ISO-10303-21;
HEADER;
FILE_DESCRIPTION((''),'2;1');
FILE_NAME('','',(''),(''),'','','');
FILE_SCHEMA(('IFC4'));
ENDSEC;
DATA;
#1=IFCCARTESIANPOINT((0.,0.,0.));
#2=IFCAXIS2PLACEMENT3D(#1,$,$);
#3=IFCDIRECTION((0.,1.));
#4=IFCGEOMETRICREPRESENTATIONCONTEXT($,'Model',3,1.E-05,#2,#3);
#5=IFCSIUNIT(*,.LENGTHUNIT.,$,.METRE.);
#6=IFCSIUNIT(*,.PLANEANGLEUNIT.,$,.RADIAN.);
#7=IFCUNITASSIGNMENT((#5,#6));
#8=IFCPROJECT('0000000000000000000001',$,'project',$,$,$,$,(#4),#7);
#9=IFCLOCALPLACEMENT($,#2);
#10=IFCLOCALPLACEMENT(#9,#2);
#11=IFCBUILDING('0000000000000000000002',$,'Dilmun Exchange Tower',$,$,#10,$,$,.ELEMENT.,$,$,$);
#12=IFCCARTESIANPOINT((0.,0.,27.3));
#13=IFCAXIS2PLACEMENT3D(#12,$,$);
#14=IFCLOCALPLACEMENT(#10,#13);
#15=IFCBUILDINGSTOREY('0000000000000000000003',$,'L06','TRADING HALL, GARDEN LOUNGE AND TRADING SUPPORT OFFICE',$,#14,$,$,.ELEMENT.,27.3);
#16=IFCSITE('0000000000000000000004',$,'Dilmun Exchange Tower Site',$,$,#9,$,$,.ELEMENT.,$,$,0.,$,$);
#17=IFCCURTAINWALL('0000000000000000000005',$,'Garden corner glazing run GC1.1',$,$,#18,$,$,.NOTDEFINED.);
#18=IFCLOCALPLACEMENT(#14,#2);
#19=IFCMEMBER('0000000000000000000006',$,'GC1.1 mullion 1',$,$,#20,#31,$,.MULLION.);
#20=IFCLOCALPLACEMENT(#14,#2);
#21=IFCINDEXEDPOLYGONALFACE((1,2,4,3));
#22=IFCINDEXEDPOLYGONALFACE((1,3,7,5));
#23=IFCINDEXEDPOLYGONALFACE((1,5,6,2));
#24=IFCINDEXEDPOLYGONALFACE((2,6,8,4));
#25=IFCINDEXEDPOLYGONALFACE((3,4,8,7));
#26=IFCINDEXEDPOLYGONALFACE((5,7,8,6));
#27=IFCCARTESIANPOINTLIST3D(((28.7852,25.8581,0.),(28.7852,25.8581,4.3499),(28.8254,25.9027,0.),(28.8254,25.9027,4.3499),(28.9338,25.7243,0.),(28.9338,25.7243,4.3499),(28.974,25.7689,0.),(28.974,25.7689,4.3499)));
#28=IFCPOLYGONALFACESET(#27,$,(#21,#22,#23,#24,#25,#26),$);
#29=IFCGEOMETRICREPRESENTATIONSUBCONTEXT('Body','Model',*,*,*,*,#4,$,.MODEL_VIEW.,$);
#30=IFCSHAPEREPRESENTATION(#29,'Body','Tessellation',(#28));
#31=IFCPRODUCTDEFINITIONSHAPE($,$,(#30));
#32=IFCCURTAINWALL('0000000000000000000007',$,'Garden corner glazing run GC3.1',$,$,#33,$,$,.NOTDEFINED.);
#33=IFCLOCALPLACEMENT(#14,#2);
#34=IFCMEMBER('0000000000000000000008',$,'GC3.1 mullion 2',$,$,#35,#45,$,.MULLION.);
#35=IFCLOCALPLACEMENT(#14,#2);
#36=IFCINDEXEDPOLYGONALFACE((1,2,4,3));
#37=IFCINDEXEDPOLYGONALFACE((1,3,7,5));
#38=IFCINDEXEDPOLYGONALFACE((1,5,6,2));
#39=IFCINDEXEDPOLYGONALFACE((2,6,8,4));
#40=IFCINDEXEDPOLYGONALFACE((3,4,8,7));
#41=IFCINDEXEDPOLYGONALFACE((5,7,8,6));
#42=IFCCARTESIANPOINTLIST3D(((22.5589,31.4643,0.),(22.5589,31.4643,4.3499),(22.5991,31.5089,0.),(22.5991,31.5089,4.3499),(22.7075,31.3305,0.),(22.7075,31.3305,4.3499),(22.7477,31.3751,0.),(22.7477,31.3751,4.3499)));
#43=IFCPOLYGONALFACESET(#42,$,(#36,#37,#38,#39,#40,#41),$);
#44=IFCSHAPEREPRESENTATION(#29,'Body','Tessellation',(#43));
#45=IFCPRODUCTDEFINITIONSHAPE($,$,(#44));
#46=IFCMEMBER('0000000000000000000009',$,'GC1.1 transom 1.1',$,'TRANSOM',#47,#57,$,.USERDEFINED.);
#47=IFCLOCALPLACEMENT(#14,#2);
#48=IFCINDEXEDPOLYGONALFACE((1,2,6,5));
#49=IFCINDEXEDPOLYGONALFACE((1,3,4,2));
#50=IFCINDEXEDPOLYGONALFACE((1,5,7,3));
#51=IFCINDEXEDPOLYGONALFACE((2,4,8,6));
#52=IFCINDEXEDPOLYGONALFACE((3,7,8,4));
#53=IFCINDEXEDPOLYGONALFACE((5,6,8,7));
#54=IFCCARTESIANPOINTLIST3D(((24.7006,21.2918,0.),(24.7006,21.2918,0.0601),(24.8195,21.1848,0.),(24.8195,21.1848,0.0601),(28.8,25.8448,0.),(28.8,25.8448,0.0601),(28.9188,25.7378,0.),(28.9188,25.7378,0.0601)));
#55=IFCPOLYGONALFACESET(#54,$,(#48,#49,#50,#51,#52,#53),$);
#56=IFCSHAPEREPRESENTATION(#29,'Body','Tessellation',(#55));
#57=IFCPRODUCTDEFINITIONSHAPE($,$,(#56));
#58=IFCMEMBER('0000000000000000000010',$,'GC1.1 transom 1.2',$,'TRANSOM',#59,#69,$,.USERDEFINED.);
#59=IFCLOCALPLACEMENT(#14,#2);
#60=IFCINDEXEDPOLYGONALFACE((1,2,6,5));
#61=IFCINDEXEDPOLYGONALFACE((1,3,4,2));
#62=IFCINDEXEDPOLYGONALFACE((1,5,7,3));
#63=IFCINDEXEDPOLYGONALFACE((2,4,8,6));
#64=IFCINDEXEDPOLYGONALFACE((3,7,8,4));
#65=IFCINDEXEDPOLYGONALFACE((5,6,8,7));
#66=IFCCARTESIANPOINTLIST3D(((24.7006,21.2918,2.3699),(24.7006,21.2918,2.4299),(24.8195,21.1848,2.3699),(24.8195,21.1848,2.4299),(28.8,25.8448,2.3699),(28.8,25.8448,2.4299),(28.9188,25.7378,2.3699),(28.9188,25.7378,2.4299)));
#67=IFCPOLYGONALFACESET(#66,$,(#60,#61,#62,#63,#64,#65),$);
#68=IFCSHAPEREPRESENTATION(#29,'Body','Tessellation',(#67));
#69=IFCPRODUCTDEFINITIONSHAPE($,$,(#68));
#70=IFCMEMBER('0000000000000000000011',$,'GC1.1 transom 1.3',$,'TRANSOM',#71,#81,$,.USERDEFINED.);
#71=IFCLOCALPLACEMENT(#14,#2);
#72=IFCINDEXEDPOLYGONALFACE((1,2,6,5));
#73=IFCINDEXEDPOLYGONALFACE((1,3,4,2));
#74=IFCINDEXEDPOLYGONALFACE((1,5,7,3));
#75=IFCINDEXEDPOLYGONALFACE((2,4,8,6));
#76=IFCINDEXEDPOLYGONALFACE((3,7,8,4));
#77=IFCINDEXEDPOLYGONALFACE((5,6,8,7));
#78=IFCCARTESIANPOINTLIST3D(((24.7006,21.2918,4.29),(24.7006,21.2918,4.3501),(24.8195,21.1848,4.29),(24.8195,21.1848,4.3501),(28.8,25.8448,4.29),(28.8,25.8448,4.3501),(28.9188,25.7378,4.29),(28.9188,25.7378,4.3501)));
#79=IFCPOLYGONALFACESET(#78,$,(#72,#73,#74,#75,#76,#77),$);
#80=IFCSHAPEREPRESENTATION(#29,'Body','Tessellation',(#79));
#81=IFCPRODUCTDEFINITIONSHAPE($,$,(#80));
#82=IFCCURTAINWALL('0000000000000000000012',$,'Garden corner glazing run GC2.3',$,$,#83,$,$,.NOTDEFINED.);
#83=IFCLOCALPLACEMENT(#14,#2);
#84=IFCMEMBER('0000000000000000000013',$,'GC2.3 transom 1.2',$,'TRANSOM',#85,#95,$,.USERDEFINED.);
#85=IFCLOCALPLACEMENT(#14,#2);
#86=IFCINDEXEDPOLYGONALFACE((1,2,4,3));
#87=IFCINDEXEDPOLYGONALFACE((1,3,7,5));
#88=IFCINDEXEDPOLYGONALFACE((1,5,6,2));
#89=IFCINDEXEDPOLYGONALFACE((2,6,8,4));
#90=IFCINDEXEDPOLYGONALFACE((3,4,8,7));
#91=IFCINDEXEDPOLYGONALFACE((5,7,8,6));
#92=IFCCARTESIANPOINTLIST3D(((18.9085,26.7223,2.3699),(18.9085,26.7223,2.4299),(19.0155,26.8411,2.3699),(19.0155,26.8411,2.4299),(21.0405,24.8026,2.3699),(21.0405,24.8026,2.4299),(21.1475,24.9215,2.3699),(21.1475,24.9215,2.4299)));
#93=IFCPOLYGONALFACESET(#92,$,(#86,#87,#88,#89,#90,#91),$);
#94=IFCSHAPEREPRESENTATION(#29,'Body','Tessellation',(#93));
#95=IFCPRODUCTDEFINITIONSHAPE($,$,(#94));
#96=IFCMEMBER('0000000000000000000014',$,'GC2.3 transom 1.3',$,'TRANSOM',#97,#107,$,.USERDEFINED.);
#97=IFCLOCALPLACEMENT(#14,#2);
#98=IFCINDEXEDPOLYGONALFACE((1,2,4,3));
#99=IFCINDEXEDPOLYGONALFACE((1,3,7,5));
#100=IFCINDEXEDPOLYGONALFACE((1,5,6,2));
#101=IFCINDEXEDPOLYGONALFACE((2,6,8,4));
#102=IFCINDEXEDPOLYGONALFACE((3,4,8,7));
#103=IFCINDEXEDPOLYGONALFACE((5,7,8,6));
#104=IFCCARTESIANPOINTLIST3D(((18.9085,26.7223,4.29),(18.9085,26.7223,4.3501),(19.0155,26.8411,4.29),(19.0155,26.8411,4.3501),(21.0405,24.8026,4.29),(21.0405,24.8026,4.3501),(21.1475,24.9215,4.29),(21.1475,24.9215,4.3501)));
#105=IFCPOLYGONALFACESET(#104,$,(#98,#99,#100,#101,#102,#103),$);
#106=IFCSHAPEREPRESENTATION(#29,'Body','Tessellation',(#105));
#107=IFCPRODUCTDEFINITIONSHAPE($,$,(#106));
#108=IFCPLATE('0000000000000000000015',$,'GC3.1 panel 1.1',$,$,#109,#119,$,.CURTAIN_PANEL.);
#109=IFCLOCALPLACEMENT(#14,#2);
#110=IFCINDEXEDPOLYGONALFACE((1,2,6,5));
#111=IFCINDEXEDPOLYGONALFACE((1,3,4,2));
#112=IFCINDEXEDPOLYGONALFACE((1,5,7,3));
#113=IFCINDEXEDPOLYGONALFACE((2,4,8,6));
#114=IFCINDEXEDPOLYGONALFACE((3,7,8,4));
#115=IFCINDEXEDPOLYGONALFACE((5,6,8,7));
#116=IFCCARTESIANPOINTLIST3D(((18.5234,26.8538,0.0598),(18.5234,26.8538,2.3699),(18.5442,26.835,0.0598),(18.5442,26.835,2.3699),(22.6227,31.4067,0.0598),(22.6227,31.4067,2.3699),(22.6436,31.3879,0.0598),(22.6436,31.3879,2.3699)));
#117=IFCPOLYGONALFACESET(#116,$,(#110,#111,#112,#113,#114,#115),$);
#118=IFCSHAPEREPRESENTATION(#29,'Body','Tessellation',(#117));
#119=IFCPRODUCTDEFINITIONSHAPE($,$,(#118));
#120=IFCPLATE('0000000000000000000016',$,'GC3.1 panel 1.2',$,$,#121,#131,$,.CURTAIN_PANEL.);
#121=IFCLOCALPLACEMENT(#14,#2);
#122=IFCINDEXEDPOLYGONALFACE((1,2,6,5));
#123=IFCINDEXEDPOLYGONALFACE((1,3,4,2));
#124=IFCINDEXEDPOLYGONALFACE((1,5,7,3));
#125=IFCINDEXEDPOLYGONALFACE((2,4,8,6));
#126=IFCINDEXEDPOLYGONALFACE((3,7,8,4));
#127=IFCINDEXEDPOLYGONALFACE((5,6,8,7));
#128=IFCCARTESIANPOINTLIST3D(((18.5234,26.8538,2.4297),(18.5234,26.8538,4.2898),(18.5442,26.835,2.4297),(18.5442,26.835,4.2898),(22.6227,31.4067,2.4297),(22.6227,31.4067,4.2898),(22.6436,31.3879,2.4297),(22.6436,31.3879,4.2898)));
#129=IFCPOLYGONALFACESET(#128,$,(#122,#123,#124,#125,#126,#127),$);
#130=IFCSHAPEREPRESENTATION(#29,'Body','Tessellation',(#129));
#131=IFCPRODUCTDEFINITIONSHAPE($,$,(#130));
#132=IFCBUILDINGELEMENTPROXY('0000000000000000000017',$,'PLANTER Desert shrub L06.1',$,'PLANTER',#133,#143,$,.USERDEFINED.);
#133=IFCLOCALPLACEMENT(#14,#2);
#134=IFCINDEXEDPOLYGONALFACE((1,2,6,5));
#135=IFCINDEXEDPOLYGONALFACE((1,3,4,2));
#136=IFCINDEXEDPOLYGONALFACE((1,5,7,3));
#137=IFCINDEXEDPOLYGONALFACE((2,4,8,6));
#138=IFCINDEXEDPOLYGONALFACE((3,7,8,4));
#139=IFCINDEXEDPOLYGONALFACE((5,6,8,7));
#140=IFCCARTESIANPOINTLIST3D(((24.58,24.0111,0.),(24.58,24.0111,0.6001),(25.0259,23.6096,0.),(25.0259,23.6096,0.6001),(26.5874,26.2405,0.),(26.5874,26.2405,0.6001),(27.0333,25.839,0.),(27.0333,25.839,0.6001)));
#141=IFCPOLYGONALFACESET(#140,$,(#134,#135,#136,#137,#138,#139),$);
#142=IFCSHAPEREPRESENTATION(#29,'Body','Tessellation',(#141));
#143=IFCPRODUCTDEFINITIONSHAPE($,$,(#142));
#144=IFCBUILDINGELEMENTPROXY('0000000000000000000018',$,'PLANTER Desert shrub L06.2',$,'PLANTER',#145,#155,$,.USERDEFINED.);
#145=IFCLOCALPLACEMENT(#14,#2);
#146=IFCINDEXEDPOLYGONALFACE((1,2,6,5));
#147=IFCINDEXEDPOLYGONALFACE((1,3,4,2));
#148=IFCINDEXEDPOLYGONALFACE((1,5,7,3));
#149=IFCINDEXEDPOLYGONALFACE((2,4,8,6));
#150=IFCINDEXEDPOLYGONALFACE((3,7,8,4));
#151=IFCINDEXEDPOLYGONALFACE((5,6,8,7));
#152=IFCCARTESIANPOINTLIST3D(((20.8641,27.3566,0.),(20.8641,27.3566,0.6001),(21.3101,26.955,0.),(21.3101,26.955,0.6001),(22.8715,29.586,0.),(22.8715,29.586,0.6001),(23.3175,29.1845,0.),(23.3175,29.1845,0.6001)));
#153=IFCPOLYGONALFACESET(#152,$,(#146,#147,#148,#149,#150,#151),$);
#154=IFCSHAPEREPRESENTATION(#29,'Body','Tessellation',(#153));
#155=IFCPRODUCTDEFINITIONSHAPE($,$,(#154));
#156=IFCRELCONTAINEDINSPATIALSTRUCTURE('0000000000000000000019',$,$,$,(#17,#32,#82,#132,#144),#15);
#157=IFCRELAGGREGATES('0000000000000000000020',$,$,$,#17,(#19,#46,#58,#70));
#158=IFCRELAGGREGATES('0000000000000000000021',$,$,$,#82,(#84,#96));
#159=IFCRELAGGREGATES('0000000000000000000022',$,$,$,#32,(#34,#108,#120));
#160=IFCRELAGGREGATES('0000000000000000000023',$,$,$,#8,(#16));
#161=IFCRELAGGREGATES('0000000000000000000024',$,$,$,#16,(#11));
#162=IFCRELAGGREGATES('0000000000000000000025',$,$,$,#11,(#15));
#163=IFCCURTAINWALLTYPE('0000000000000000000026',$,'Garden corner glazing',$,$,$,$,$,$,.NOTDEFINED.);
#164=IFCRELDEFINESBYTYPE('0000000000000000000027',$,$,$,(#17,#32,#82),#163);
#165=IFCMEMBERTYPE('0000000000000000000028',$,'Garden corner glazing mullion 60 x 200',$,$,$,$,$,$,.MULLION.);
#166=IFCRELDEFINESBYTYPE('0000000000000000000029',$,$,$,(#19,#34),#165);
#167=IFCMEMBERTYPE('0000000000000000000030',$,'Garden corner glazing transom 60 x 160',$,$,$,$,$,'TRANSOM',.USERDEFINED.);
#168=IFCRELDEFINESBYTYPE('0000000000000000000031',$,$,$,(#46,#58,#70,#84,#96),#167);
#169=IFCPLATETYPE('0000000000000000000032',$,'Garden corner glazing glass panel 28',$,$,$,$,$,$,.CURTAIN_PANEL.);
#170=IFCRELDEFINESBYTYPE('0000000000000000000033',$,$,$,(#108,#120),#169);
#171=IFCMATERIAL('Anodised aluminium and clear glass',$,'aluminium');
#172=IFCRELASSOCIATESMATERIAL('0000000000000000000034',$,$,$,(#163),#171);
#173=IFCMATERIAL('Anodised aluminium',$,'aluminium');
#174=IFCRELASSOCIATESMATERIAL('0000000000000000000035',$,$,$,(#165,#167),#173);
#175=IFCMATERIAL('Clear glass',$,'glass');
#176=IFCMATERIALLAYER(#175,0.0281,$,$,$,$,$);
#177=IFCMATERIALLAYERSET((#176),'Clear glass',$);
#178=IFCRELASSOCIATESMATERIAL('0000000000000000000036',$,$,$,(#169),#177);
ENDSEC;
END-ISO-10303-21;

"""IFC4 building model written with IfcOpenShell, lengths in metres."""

from ifc_helpers import new_model, si_unit, direction, frame, origin, origin_2d, place, context, subcontext, project, spatial, rectangle, extrude, material, layer, layer_set, material_profile, profile_set, type_object, element, aggregate, save


model = new_model("IFC4")

# Units and contexts
model_context = context("Model", 3, precision=1e-05, world=origin(), true_north=direction((0.0, 1.0)))
body_context = subcontext(model_context, "Body", "Model", "MODEL_VIEW")
ifc_project = project(units=[si_unit("LENGTHUNIT", "METRE"), si_unit("PLANEANGLEUNIT", "RADIAN")], contexts=[model_context])

# Site, building, storey
site_placement = place(None, origin())
site = spatial("IfcSite", under=ifc_project, at=site_placement, Name="Dilmun Exchange Tower Site", CompositionType="ELEMENT", RefElevation=0.0)
building_placement = place(site_placement, origin())
building = spatial("IfcBuilding", under=site, at=building_placement, Name="Dilmun Exchange Tower", CompositionType="ELEMENT")
storey_placement = place(building_placement, frame((0.0, 0.0, 27.3)))
storey = spatial("IfcBuildingStorey", under=building, at=storey_placement, Name="L06", Description="TRADING HALL, GARDEN LOUNGE AND TRADING SUPPORT OFFICE", CompositionType="ELEMENT", Elevation=27.3)

# Curtain walls, members
ifc_material_1 = material(Name="Anodised aluminium and clear glass", Category="aluminium")
curtain_wall_type = type_object("IfcCurtainWallType", Name="Garden corner glazing", PredefinedType="NOTDEFINED", material=ifc_material_1)
curtain_wall_1_placement = place(storey_placement, origin())
curtain_wall_1 = element("IfcCurtainWall", 1, at=curtain_wall_1_placement, inside=storey, type_object=curtain_wall_type, Name="Garden corner glazing run GC1.1", PredefinedType="NOTDEFINED")
ifc_material_2 = material(Name="Anodised aluminium", Category="aluminium")
ifc_material_profile_1 = material_profile(ifc_material_2, rectangle(XDim=0.2, YDim=0.0601, at=origin_2d()), Name="AL 60x200")
ifc_profile_set_1 = profile_set([ifc_material_profile_1], Name="Anodised aluminium")
member_type_1 = type_object("IfcMemberType", Name="Garden corner glazing mullion 60 x 200", PredefinedType="MULLION", material=ifc_profile_set_1)
member_1_placement = place(storey_placement, frame((28.8796, 25.8135, 0.0), z_axis=(0.0, 0.0, 1.0), x_axis=(0.74315, -0.669125, 0.0)))
member_1 = element("IfcMember", 2, at=member_1_placement, type_object=member_type_1, Name="GC1.1 mullion 1", PredefinedType="MULLION", context=body_context, shape_type="SweptSolid", body=[
    extrude(rectangle(XDim=0.2, YDim=0.0601, at=origin_2d()), origin(), (0.0, 0.0, 1.0), 4.3499),
])
curtain_wall_2_placement = place(storey_placement, origin())
curtain_wall_2 = element("IfcCurtainWall", 3, at=curtain_wall_2_placement, inside=storey, type_object=curtain_wall_type, Name="Garden corner glazing run GC3.1", PredefinedType="NOTDEFINED")
member_2_placement = place(storey_placement, frame((22.6533, 31.4197, 0.0), z_axis=(0.0, 0.0, 1.0), x_axis=(-0.74315, 0.669125, 0.0)))
member_2 = element("IfcMember", 4, at=member_2_placement, type_object=member_type_1, Name="GC3.1 mullion 2", PredefinedType="MULLION", context=body_context, shape_type="SweptSolid", body=[
    extrude(rectangle(XDim=0.2, YDim=0.0601, at=origin_2d()), origin(), (0.0, 0.0, 1.0), 4.3499),
])

# Members
ifc_material_profile_2 = material_profile(ifc_material_2, rectangle(XDim=0.1599, YDim=0.0601, at=origin_2d()), Name="AL 60x160")
ifc_profile_set_2 = profile_set([ifc_material_profile_2], Name="Anodised aluminium")
member_type_2 = type_object("IfcMemberType", Name="Garden corner glazing transom 60 x 160", ElementType="TRANSOM", PredefinedType="USERDEFINED", material=ifc_profile_set_2)
member_3_placement = place(storey_placement, frame((28.8594, 25.7913, 0.03), z_axis=(-0.669117, -0.743157, 0.0), x_axis=(0.743157, -0.669117, 0.0)))
member_3 = element("IfcMember", 5, at=member_3_placement, type_object=member_type_2, Name="GC1.1 transom 1.1", ObjectType="TRANSOM", PredefinedType="USERDEFINED", context=body_context, shape_type="SweptSolid", body=[
    extrude(rectangle(XDim=0.1599, YDim=0.0601, at=origin_2d()), origin(), (0.0, 0.0, 1.0), 6.1265),
])
member_4_placement = place(storey_placement, frame((28.8594, 25.7913, 2.3999), z_axis=(-0.669117, -0.743157, 0.0), x_axis=(0.743157, -0.669117, 0.0)))
member_4 = element("IfcMember", 6, at=member_4_placement, type_object=member_type_2, Name="GC1.1 transom 1.2", ObjectType="TRANSOM", PredefinedType="USERDEFINED", context=body_context, shape_type="SweptSolid", body=[
    extrude(rectangle(XDim=0.1599, YDim=0.0601, at=origin_2d()), origin(), (0.0, 0.0, 1.0), 6.1265),
])
member_5_placement = place(storey_placement, frame((28.8594, 25.7913, 4.3201), z_axis=(-0.669117, -0.743157, 0.0), x_axis=(0.743157, -0.669117, 0.0)))
member_5 = element("IfcMember", 7, at=member_5_placement, type_object=member_type_2, Name="GC1.1 transom 1.3", ObjectType="TRANSOM", PredefinedType="USERDEFINED", context=body_context, shape_type="SweptSolid", body=[
    extrude(rectangle(XDim=0.1599, YDim=0.0601, at=origin_2d()), origin(), (0.0, 0.0, 1.0), 6.1265),
])
aggregate(curtain_wall_1, [member_1, member_3, member_4, member_5])

# Curtain wall, members
curtain_wall_3_placement = place(storey_placement, origin())
curtain_wall_3 = element("IfcCurtainWall", 8, at=curtain_wall_3_placement, inside=storey, type_object=curtain_wall_type, Name="Garden corner glazing run GC2.3", PredefinedType="NOTDEFINED")
member_6_placement = place(storey_placement, frame((21.094, 24.8621, 2.3999), z_axis=(-0.743154, 0.66912, 0.0), x_axis=(-0.66912, -0.743154, 0.0)))
member_6 = element("IfcMember", 9, at=member_6_placement, type_object=member_type_2, Name="GC2.3 transom 1.2", ObjectType="TRANSOM", PredefinedType="USERDEFINED", context=body_context, shape_type="SweptSolid", body=[
    extrude(rectangle(XDim=0.1599, YDim=0.0601, at=origin_2d()), origin(), (0.0, 0.0, 1.0), 2.8689),
])
member_7_placement = place(storey_placement, frame((21.094, 24.8621, 4.3201), z_axis=(-0.743154, 0.66912, 0.0), x_axis=(-0.66912, -0.743154, 0.0)))
member_7 = element("IfcMember", 10, at=member_7_placement, type_object=member_type_2, Name="GC2.3 transom 1.3", ObjectType="TRANSOM", PredefinedType="USERDEFINED", context=body_context, shape_type="SweptSolid", body=[
    extrude(rectangle(XDim=0.1599, YDim=0.0601, at=origin_2d()), origin(), (0.0, 0.0, 1.0), 2.8689),
])
aggregate(curtain_wall_3, [member_6, member_7])

# Plates
ifc_material_3 = material(Name="Clear glass", Category="glass")
ifc_layer_1 = layer(ifc_material_3, 0.0281)
ifc_layer_set_1 = layer_set([ifc_layer_1], Name="Clear glass")
plate_type = type_object("IfcPlateType", Name="Garden corner glazing glass panel 28", PredefinedType="CURTAIN_PANEL", material=ifc_layer_set_1)
plate_1_placement = place(storey_placement, frame((20.5835, 29.1208, 0.0598), z_axis=(0.0, 0.0, 1.0), x_axis=(0.669125, 0.74315, 0.0)))
plate_1 = element("IfcPlate", 11, at=plate_1_placement, type_object=plate_type, Name="GC3.1 panel 1.1", PredefinedType="CURTAIN_PANEL", context=body_context, shape_type="SweptSolid", body=[
    extrude(rectangle(XDim=6.1265, YDim=0.0281, at=origin_2d()), origin(), (0.0, 0.0, 1.0), 2.3101),
])
plate_2_placement = place(storey_placement, frame((20.5835, 29.1208, 2.4297), z_axis=(0.0, 0.0, 1.0), x_axis=(0.669125, 0.74315, 0.0)))
plate_2 = element("IfcPlate", 12, at=plate_2_placement, type_object=plate_type, Name="GC3.1 panel 1.2", PredefinedType="CURTAIN_PANEL", context=body_context, shape_type="SweptSolid", body=[
    extrude(rectangle(XDim=6.1265, YDim=0.0281, at=origin_2d()), origin(), (0.0, 0.0, 1.0), 1.8601),
])
aggregate(curtain_wall_2, [member_2, plate_1, plate_2])

# Building element proxies
for number, where, z_axis, x_axis, name in (
    (13, (25.8066, 24.925, 0.0), (0.0, 0.0, 1.0), (0.669131, 0.743145, 0.0), "PLANTER Desert shrub L06.1"),
    (14, (22.0908, 28.2705, 0.0), (0.0, 0.0, 1.0), (0.669131, 0.743145, 0.0), "PLANTER Desert shrub L06.2"),
):
    element("IfcBuildingElementProxy", number, at=place(storey_placement, frame(where, z_axis=z_axis, x_axis=x_axis)), inside=storey, Name=name, ObjectType="PLANTER", PredefinedType="USERDEFINED", context=body_context, shape_type="SweptSolid", body=[
        extrude(rectangle(XDim=3.0, YDim=0.6001, at=origin_2d()), origin(), (0.0, 0.0, 1.0), 0.6001),
    ])

save(model, "model.ifc")
